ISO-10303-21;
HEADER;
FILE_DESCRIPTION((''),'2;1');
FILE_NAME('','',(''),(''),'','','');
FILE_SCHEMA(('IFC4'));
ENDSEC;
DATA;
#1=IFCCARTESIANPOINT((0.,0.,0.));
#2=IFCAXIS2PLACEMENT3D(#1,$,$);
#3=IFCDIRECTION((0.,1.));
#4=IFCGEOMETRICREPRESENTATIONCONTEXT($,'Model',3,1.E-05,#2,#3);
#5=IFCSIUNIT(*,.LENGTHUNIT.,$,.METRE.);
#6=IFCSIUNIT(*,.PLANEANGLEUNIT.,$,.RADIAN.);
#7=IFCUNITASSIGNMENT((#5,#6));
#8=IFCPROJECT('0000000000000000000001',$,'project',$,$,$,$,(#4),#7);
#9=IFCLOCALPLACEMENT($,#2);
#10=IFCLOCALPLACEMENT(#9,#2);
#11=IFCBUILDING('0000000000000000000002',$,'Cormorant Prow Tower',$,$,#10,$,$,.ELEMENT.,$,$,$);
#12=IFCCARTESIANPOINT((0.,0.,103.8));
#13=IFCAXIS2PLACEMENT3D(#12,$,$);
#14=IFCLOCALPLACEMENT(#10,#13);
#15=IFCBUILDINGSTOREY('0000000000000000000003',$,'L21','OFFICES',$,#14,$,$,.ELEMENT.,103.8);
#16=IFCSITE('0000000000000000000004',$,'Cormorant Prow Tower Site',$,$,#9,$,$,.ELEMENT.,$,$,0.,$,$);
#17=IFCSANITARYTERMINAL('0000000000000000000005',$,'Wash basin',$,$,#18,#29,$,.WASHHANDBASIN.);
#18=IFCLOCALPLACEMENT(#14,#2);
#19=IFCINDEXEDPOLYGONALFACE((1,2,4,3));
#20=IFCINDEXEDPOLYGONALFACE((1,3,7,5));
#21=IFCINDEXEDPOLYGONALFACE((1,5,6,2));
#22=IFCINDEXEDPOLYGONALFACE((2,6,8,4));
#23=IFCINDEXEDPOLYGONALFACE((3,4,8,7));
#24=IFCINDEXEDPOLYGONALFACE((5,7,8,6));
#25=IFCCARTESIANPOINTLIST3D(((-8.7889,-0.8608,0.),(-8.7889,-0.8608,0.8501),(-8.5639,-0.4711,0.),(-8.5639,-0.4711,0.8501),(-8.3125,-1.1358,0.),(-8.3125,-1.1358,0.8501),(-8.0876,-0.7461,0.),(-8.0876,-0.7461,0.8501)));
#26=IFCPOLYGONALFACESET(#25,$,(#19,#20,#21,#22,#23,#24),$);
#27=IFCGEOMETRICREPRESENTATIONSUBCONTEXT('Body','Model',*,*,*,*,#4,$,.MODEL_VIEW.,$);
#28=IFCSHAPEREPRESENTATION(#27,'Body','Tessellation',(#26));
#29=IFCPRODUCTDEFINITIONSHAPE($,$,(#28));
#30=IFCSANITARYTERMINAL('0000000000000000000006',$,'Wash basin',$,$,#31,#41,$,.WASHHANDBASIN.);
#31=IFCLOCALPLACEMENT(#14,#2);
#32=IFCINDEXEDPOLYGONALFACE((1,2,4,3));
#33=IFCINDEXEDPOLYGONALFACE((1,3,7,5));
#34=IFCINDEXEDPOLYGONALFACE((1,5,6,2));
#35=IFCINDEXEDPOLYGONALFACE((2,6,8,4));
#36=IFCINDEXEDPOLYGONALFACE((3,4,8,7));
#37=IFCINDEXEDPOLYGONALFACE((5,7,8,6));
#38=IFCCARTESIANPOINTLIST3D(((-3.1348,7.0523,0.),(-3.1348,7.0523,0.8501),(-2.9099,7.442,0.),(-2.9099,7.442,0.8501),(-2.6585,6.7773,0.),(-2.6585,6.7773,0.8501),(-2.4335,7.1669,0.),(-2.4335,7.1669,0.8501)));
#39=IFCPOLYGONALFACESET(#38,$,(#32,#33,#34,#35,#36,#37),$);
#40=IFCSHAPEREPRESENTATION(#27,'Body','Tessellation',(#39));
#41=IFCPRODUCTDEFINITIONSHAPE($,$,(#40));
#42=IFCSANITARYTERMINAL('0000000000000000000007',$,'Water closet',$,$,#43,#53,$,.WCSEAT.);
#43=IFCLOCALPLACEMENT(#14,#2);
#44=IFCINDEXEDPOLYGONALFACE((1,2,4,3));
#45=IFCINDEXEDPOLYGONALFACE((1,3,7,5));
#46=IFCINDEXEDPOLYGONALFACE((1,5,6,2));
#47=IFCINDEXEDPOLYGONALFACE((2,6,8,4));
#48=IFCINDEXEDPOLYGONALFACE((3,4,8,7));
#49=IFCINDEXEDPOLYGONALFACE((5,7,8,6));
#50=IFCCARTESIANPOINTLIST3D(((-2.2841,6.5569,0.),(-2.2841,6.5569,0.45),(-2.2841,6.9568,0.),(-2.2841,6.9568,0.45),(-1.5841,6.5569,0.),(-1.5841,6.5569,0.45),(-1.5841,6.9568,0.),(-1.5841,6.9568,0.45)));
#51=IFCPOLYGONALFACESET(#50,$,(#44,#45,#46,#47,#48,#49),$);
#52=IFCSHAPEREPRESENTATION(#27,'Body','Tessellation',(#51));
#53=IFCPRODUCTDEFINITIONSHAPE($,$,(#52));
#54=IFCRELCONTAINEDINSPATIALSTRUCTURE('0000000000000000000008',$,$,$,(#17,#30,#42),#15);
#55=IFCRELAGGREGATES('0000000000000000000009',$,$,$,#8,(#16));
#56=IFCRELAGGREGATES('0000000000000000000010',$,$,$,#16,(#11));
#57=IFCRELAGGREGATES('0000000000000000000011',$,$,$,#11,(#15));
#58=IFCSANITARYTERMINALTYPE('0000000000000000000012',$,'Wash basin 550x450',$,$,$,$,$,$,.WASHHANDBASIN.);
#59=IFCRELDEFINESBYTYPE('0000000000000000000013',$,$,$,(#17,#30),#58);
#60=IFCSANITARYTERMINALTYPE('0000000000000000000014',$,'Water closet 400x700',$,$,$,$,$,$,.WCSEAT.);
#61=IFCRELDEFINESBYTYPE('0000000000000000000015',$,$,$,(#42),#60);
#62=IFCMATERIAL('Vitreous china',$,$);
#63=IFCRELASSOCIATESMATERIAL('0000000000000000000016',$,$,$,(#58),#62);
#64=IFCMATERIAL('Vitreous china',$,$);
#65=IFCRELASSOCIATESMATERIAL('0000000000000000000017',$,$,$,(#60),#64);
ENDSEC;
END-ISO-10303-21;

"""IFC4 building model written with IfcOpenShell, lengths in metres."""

from ifc_helpers import new_model, si_unit, direction, frame, origin, origin_2d, place, context, subcontext, project, spatial, rectangle, extrude, material, type_object, element, save


model = new_model("IFC4")

# Units and contexts
model_context = context("Model", 3, precision=1e-05, world=origin(), true_north=direction((0.0, 1.0)))
body_context = subcontext(model_context, "Body", "Model", "MODEL_VIEW")
ifc_project = project(units=[si_unit("LENGTHUNIT", "METRE"), si_unit("PLANEANGLEUNIT", "RADIAN")], contexts=[model_context])

# Site, building, storey
site_placement = place(None, origin())
site = spatial("IfcSite", under=ifc_project, at=site_placement, Name="Cormorant Prow Tower Site", CompositionType="ELEMENT", RefElevation=0.0)
building_placement = place(site_placement, origin())
building = spatial("IfcBuilding", under=site, at=building_placement, Name="Cormorant Prow Tower", CompositionType="ELEMENT")
storey_placement = place(building_placement, frame((0.0, 0.0, 103.8)))
storey = spatial("IfcBuildingStorey", under=building, at=storey_placement, Name="L21", Description="OFFICES", CompositionType="ELEMENT", Elevation=103.8)

# Sanitary terminals
ifc_material_1 = material(Name="Vitreous china")
sanitary_terminal_type_1 = type_object("IfcSanitaryTerminalType", Name="Wash basin 550x450", PredefinedType="WASHHANDBASIN", material=ifc_material_1)
for number, where, z_axis, x_axis, name in (
    (1, (-8.4382, -0.8035, 0.0), (0.0, 0.0, 1.0), (-0.866034, 0.499985, 0.0), "Wash basin"),
    (2, (-2.7842, 7.1096, 0.0), (0.0, 0.0, 1.0), (0.866034, -0.499985, 0.0), "Wash basin"),
):
    element("IfcSanitaryTerminal", number, at=place(storey_placement, frame(where, z_axis=z_axis, x_axis=x_axis)), inside=storey, type_object=sanitary_terminal_type_1, Name=name, PredefinedType="WASHHANDBASIN", context=body_context, shape_type="SweptSolid", body=[
        extrude(rectangle(XDim=0.55, YDim=0.45, at=origin_2d()), origin(), (0.0, 0.0, 1.0), 0.8501),
    ])
ifc_material_2 = material(Name="Vitreous china")
sanitary_terminal_type_2 = type_object("IfcSanitaryTerminalType", Name="Water closet 400x700", PredefinedType="WCSEAT", material=ifc_material_2)
sanitary_terminal_placement = place(storey_placement, frame((-1.9341, 6.7568, 0.0), z_axis=(0.0, 0.0, 1.0), x_axis=(0.0, 1.0, 0.0)))
element("IfcSanitaryTerminal", 3, at=sanitary_terminal_placement, inside=storey, type_object=sanitary_terminal_type_2, Name="Water closet", PredefinedType="WCSEAT", context=body_context, shape_type="SweptSolid", body=[
    extrude(rectangle(XDim=0.3999, YDim=0.7, at=origin_2d()), origin(), (0.0, 0.0, 1.0), 0.45),
])

save(model, "model.ifc")
